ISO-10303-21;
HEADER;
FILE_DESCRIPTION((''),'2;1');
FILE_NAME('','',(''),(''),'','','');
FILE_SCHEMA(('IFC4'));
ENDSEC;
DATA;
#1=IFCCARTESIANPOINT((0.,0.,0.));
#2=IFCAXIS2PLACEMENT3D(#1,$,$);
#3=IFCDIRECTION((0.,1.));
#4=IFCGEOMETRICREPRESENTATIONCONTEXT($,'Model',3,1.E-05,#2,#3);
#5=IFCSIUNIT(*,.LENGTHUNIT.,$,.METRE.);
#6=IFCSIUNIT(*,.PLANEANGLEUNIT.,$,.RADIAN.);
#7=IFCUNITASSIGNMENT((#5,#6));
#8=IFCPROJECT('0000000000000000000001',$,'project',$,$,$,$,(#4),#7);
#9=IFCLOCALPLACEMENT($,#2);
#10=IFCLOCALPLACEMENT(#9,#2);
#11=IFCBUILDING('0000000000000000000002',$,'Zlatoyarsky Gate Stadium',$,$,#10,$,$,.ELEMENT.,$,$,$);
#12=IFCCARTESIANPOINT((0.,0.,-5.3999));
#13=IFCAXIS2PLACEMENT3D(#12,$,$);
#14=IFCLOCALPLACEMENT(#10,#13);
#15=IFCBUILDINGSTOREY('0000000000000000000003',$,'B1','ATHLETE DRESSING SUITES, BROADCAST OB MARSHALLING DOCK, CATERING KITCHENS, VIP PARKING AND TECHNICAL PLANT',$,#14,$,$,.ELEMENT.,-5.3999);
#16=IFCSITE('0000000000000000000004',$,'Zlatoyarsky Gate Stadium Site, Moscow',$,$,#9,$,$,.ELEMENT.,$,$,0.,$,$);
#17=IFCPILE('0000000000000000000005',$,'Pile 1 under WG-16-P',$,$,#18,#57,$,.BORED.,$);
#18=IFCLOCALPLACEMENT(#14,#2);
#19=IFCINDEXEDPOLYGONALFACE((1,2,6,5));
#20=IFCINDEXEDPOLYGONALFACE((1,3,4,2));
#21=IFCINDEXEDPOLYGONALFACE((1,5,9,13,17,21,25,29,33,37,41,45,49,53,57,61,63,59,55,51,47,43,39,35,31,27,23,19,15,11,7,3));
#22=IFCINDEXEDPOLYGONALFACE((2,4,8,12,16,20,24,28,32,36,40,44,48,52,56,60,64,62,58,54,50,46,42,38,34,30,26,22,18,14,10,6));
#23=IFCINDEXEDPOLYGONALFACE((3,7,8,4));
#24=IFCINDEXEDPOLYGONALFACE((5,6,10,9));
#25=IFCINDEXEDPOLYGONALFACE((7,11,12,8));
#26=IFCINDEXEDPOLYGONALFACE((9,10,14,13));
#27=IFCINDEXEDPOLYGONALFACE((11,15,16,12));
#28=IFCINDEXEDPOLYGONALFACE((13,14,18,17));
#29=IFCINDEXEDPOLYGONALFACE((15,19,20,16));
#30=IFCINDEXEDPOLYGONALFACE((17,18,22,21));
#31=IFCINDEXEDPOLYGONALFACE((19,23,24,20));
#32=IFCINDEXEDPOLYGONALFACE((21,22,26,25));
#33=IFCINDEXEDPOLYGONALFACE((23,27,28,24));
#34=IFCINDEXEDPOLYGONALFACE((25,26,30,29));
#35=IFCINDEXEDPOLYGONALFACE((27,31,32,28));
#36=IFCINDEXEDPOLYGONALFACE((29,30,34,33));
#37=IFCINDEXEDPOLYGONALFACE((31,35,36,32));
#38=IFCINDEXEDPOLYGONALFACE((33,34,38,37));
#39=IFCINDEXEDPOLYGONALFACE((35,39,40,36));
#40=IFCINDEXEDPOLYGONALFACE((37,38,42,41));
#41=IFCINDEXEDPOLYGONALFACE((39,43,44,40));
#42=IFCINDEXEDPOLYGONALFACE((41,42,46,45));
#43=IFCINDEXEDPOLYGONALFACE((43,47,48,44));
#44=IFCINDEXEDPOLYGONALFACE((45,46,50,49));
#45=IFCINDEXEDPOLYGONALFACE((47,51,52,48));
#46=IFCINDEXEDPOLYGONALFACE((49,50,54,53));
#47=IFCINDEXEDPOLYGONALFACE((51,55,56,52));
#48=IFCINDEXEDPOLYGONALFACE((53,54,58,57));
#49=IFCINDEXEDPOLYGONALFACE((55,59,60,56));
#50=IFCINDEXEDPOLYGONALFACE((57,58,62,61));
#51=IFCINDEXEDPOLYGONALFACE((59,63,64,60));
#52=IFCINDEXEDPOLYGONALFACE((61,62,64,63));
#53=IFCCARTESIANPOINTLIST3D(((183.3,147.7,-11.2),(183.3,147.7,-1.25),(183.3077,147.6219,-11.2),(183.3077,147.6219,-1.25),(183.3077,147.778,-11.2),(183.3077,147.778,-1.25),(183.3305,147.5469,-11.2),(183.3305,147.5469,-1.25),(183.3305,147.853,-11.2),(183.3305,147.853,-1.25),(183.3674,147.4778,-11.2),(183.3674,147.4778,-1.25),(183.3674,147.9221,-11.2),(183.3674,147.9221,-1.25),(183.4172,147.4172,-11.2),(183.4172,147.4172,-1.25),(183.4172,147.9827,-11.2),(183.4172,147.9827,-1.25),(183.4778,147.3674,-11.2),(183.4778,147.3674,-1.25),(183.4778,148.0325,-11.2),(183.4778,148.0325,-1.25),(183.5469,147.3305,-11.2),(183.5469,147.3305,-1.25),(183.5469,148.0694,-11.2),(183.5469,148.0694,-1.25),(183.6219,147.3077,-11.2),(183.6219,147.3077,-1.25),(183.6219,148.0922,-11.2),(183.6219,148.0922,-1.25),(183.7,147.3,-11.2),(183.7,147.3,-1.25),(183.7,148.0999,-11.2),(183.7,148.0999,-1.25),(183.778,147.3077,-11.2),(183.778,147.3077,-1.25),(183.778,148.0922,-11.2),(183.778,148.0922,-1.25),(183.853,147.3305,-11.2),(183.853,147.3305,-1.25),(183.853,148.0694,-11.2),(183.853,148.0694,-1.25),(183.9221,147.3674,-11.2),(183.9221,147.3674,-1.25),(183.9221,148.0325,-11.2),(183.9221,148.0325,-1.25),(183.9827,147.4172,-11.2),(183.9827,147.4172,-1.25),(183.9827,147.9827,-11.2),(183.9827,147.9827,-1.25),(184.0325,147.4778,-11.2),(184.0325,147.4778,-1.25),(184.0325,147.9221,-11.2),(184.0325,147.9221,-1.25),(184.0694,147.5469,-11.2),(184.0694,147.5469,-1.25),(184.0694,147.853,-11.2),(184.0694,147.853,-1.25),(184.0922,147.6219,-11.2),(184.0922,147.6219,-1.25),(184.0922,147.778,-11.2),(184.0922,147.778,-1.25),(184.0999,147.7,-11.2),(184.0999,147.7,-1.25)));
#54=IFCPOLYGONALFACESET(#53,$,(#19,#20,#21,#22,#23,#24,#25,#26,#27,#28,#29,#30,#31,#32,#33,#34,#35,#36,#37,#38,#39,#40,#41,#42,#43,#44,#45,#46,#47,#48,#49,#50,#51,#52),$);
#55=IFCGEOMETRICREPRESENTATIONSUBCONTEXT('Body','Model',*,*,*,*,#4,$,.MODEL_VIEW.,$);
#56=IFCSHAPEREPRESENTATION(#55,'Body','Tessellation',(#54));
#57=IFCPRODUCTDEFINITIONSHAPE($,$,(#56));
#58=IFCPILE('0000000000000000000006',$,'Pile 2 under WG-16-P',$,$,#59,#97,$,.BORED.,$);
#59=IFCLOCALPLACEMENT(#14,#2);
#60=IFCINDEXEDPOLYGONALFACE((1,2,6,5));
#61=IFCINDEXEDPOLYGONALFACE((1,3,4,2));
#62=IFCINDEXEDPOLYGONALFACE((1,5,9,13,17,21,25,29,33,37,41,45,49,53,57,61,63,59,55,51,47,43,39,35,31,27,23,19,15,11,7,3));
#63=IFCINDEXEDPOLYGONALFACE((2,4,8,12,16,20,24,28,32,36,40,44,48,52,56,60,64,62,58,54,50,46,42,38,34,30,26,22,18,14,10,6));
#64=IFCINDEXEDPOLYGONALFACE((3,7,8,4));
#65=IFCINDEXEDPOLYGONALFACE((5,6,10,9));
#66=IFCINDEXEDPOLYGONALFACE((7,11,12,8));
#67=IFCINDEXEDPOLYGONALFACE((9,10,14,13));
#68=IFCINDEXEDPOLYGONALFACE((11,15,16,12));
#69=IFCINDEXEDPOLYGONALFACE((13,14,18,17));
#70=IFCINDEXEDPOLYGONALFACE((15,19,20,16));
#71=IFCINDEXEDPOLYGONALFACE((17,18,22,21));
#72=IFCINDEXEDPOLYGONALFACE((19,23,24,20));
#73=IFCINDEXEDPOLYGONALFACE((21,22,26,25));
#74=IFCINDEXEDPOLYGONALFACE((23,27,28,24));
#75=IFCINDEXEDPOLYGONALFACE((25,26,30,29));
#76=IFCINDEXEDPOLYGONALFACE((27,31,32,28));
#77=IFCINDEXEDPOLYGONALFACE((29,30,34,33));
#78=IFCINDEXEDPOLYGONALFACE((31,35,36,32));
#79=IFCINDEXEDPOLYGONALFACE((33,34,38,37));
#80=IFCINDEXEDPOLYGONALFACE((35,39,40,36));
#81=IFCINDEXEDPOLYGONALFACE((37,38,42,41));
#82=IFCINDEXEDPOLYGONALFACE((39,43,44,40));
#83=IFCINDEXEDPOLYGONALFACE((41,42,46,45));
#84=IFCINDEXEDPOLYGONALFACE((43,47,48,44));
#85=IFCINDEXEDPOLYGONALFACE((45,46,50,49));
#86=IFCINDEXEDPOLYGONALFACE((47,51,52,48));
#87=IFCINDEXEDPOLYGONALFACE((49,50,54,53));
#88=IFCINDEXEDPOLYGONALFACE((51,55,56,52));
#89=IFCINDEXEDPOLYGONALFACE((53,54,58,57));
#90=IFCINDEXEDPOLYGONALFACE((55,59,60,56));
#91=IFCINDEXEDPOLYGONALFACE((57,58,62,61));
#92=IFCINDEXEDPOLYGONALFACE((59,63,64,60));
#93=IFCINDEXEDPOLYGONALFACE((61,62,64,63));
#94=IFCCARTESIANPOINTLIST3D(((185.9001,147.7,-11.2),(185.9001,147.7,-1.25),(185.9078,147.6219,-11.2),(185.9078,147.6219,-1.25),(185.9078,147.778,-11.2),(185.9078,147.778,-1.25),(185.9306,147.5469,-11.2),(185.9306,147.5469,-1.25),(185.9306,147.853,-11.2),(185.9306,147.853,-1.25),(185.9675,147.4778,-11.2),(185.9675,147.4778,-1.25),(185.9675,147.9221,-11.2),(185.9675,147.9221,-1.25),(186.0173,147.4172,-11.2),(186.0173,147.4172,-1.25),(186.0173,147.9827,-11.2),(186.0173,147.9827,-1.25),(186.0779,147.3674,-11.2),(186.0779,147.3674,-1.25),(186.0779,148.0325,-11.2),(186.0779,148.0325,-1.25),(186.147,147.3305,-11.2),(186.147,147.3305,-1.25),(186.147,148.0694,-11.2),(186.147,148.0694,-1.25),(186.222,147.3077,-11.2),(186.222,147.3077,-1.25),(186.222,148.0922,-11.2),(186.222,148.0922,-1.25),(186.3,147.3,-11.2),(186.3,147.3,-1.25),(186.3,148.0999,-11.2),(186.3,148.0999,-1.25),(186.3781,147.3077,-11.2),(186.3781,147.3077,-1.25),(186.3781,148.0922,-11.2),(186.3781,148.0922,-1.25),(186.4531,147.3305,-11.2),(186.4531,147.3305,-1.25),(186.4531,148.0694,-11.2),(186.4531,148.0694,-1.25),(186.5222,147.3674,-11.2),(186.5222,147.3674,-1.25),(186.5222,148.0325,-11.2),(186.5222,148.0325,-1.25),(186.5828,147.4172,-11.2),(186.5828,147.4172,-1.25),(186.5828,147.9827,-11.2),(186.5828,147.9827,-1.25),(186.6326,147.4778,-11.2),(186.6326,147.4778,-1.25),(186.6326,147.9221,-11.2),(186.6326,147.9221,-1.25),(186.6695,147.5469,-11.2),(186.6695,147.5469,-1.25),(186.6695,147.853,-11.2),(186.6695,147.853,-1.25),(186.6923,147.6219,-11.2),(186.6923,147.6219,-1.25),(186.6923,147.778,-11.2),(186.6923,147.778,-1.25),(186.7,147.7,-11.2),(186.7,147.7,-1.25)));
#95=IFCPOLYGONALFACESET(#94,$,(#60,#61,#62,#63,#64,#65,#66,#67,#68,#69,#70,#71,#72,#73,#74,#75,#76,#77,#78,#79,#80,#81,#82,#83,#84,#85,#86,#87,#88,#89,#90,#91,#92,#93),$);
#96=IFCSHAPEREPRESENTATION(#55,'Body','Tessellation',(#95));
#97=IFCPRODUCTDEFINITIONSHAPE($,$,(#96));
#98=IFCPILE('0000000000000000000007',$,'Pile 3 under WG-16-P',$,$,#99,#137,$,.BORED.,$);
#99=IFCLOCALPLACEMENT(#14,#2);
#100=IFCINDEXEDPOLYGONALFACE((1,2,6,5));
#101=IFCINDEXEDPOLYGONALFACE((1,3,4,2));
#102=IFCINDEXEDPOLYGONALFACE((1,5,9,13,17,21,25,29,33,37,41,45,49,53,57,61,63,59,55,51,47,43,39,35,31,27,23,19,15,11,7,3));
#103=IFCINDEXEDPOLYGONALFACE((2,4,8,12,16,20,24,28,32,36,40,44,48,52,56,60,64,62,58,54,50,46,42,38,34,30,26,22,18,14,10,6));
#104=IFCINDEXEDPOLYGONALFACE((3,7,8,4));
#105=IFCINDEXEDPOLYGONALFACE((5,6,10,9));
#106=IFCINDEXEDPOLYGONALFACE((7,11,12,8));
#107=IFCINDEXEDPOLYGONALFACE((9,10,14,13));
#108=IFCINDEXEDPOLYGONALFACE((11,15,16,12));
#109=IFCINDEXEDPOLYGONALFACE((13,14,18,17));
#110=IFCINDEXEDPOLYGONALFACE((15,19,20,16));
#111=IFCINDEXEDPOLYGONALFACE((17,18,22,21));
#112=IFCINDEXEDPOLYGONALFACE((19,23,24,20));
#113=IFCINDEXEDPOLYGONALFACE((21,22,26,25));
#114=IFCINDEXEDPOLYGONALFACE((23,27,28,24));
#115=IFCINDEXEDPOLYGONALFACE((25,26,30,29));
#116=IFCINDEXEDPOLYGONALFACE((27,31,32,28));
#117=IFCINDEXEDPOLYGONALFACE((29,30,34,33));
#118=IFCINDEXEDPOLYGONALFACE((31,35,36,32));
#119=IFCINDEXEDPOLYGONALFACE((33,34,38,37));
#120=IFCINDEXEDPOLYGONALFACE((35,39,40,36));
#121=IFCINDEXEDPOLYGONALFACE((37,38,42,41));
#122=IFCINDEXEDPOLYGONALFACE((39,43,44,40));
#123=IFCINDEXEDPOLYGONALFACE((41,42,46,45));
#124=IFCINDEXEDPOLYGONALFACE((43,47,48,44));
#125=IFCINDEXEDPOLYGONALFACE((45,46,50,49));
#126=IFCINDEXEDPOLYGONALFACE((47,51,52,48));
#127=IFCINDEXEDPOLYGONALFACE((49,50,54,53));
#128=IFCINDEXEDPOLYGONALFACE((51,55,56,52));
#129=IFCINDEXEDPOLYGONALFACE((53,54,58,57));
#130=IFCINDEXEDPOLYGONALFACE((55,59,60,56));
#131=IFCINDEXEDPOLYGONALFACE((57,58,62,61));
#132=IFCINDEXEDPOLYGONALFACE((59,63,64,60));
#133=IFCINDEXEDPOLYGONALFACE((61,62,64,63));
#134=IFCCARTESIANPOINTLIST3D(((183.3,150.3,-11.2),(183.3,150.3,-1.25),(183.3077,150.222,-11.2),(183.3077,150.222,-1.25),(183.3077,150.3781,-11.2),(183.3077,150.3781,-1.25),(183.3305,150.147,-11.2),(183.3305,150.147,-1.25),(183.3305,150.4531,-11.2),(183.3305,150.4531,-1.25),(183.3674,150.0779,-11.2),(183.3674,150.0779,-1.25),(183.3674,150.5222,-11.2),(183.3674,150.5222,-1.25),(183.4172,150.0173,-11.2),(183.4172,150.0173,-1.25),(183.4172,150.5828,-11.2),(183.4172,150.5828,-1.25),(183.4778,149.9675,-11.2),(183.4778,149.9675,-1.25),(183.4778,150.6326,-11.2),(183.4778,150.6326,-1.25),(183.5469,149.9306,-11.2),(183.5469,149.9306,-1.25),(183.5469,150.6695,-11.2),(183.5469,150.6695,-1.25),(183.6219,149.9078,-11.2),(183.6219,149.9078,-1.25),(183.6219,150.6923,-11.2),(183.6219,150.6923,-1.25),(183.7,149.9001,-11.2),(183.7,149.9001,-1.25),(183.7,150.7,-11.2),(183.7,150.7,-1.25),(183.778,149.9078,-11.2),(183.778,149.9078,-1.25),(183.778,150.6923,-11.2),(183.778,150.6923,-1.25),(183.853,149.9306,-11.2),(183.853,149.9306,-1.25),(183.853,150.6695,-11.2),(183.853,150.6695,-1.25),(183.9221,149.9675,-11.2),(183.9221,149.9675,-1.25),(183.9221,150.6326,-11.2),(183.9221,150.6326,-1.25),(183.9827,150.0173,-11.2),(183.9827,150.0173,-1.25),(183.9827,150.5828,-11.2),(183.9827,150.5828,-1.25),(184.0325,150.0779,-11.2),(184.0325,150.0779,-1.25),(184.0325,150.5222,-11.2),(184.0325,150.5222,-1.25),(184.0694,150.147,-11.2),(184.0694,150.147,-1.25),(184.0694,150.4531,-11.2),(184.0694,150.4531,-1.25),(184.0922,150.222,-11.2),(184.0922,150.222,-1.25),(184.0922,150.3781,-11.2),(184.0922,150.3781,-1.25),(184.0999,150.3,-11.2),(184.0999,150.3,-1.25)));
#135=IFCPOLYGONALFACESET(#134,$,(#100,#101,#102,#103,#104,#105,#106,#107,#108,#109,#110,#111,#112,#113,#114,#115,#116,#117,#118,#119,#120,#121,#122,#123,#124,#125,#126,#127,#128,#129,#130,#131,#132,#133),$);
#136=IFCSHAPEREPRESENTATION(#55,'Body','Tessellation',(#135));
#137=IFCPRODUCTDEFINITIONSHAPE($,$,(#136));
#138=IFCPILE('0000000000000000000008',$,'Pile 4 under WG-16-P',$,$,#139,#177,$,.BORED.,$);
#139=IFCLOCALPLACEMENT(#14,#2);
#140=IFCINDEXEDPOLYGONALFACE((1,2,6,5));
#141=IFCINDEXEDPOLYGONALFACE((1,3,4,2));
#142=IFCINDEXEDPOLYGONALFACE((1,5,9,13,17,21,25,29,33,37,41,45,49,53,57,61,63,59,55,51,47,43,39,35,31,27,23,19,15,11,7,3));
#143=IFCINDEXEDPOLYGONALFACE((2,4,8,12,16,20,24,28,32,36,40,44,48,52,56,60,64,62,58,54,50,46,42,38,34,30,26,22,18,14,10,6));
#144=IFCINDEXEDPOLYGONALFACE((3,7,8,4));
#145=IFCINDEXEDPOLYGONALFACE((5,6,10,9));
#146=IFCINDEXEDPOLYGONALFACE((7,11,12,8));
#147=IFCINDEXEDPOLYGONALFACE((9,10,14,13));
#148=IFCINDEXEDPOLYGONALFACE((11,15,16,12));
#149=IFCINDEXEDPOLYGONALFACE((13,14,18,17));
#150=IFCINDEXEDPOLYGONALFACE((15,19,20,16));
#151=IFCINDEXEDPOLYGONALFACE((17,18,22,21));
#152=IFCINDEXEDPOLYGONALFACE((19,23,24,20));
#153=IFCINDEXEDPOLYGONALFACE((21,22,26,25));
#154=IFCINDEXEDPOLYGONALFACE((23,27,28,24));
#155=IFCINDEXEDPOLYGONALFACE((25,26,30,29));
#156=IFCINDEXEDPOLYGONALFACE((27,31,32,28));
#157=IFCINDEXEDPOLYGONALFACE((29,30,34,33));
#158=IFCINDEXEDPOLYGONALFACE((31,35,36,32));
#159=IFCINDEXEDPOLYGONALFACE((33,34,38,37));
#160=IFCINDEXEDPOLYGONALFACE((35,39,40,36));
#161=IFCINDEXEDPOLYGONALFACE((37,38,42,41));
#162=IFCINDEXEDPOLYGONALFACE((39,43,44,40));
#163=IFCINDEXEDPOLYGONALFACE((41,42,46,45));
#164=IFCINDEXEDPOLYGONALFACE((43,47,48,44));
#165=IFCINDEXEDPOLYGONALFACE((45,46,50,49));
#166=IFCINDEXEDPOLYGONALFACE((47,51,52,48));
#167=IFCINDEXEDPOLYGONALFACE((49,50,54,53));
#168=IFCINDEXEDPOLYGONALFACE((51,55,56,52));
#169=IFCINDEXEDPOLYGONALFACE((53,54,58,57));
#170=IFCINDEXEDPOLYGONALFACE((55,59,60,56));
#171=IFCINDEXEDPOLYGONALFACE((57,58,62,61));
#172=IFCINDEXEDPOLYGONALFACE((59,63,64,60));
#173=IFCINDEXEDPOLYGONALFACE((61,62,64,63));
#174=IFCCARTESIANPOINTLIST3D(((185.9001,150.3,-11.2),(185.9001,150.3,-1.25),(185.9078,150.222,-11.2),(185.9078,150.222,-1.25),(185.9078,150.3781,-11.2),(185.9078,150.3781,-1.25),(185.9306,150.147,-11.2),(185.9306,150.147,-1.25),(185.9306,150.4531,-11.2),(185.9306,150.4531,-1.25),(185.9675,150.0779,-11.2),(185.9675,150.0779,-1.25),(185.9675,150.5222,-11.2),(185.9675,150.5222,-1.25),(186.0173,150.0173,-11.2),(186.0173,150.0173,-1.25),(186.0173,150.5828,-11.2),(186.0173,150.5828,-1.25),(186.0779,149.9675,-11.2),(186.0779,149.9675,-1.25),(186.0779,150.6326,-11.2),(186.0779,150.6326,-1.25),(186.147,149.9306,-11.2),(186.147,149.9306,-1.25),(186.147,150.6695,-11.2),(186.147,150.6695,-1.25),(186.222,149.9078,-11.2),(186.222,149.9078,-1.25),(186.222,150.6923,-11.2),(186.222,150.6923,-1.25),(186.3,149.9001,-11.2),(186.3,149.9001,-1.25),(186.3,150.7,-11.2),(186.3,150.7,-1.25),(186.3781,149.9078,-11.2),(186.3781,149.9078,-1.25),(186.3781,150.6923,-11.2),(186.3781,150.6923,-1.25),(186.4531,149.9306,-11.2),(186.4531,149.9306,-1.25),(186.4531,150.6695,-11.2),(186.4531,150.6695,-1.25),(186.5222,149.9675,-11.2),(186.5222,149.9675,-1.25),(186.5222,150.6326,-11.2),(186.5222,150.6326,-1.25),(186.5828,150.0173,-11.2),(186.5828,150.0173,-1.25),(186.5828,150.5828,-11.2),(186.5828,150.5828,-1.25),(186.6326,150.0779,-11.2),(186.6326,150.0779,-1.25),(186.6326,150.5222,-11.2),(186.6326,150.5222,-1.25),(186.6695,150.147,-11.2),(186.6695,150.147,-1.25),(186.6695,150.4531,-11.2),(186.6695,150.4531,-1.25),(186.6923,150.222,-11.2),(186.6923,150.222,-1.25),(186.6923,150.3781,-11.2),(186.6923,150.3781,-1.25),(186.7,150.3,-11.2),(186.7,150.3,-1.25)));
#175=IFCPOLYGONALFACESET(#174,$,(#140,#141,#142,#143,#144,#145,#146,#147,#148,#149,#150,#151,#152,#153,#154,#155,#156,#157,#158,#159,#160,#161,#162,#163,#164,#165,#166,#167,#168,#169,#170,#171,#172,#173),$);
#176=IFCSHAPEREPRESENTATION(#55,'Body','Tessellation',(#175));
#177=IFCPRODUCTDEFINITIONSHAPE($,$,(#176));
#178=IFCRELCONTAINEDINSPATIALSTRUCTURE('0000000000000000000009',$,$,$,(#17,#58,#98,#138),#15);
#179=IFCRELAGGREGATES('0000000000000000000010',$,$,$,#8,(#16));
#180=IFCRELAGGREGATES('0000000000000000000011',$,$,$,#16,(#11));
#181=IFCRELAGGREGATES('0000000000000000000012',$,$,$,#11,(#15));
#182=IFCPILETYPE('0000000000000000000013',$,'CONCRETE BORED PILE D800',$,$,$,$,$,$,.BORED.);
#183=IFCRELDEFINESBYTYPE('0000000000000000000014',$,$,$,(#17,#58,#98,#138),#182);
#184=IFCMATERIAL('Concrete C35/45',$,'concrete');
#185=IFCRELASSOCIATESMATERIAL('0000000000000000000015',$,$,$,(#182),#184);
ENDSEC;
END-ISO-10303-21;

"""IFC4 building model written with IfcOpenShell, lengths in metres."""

from ifc_helpers import new_model, si_unit, direction, frame, origin, origin_2d, place, context, subcontext, project, spatial, circle, extrude, material, material_profile, profile_set, type_object, element, save


model = new_model("IFC4")

# Units and contexts
model_context = context("Model", 3, precision=1e-05, world=origin(), true_north=direction((0.0, 1.0)))
body_context = subcontext(model_context, "Body", "Model", "MODEL_VIEW")
ifc_project = project(units=[si_unit("LENGTHUNIT", "METRE"), si_unit("PLANEANGLEUNIT", "RADIAN")], contexts=[model_context])

# Site, building, storey
site_placement = place(None, origin())
site = spatial("IfcSite", under=ifc_project, at=site_placement, Name="Zlatoyarsky Gate Stadium Site, Moscow", CompositionType="ELEMENT", RefElevation=0.0)
building_placement = place(site_placement, origin())
building = spatial("IfcBuilding", under=site, at=building_placement, Name="Zlatoyarsky Gate Stadium", CompositionType="ELEMENT")
storey_placement = place(building_placement, frame((0.0, 0.0, -5.3999)))
storey = spatial("IfcBuildingStorey", under=building, at=storey_placement, Name="B1", Description="ATHLETE DRESSING SUITES, BROADCAST OB MARSHALLING DOCK, CATERING KITCHENS, VIP PARKING AND TECHNICAL PLANT", CompositionType="ELEMENT", Elevation=-5.3999)

# Piles
ifc_material_1 = material(Name="Concrete C35/45", Category="concrete")
ifc_material_profile_1 = material_profile(ifc_material_1, circle(Radius=0.3999, at=origin_2d()), Name="BORED PILE D800")
ifc_profile_set_1 = profile_set([ifc_material_profile_1], Name="Concrete C35/45")
pile_type_1 = type_object("IfcPileType", Name="CONCRETE BORED PILE D800", PredefinedType="BORED", material=ifc_profile_set_1)
for number, where, z_axis, x_axis, name in (
    (1, (183.7, 147.7, -1.25), (0.0, 0.0, -1.0), (1.0, 0.0, 0.0), "Pile 1 under WG-16-P"),
    (2, (186.3, 147.7, -1.25), (0.0, 0.0, -1.0), (1.0, 0.0, 0.0), "Pile 2 under WG-16-P"),
    (3, (183.7, 150.3, -1.25), (0.0, 0.0, -1.0), (1.0, 0.0, 0.0), "Pile 3 under WG-16-P"),
    (4, (186.3, 150.3, -1.25), (0.0, 0.0, -1.0), (1.0, 0.0, 0.0), "Pile 4 under WG-16-P"),
):
    element("IfcPile", number, at=place(storey_placement, frame(where, z_axis=z_axis, x_axis=x_axis)), inside=storey, type_object=pile_type_1, Name=name, PredefinedType="BORED", context=body_context, shape_type="SweptSolid", body=[
        extrude(circle(Radius=0.3999, at=origin_2d()), origin(), (0.0, 0.0, 1.0), 9.95),
    ])

save(model, "model.ifc")
